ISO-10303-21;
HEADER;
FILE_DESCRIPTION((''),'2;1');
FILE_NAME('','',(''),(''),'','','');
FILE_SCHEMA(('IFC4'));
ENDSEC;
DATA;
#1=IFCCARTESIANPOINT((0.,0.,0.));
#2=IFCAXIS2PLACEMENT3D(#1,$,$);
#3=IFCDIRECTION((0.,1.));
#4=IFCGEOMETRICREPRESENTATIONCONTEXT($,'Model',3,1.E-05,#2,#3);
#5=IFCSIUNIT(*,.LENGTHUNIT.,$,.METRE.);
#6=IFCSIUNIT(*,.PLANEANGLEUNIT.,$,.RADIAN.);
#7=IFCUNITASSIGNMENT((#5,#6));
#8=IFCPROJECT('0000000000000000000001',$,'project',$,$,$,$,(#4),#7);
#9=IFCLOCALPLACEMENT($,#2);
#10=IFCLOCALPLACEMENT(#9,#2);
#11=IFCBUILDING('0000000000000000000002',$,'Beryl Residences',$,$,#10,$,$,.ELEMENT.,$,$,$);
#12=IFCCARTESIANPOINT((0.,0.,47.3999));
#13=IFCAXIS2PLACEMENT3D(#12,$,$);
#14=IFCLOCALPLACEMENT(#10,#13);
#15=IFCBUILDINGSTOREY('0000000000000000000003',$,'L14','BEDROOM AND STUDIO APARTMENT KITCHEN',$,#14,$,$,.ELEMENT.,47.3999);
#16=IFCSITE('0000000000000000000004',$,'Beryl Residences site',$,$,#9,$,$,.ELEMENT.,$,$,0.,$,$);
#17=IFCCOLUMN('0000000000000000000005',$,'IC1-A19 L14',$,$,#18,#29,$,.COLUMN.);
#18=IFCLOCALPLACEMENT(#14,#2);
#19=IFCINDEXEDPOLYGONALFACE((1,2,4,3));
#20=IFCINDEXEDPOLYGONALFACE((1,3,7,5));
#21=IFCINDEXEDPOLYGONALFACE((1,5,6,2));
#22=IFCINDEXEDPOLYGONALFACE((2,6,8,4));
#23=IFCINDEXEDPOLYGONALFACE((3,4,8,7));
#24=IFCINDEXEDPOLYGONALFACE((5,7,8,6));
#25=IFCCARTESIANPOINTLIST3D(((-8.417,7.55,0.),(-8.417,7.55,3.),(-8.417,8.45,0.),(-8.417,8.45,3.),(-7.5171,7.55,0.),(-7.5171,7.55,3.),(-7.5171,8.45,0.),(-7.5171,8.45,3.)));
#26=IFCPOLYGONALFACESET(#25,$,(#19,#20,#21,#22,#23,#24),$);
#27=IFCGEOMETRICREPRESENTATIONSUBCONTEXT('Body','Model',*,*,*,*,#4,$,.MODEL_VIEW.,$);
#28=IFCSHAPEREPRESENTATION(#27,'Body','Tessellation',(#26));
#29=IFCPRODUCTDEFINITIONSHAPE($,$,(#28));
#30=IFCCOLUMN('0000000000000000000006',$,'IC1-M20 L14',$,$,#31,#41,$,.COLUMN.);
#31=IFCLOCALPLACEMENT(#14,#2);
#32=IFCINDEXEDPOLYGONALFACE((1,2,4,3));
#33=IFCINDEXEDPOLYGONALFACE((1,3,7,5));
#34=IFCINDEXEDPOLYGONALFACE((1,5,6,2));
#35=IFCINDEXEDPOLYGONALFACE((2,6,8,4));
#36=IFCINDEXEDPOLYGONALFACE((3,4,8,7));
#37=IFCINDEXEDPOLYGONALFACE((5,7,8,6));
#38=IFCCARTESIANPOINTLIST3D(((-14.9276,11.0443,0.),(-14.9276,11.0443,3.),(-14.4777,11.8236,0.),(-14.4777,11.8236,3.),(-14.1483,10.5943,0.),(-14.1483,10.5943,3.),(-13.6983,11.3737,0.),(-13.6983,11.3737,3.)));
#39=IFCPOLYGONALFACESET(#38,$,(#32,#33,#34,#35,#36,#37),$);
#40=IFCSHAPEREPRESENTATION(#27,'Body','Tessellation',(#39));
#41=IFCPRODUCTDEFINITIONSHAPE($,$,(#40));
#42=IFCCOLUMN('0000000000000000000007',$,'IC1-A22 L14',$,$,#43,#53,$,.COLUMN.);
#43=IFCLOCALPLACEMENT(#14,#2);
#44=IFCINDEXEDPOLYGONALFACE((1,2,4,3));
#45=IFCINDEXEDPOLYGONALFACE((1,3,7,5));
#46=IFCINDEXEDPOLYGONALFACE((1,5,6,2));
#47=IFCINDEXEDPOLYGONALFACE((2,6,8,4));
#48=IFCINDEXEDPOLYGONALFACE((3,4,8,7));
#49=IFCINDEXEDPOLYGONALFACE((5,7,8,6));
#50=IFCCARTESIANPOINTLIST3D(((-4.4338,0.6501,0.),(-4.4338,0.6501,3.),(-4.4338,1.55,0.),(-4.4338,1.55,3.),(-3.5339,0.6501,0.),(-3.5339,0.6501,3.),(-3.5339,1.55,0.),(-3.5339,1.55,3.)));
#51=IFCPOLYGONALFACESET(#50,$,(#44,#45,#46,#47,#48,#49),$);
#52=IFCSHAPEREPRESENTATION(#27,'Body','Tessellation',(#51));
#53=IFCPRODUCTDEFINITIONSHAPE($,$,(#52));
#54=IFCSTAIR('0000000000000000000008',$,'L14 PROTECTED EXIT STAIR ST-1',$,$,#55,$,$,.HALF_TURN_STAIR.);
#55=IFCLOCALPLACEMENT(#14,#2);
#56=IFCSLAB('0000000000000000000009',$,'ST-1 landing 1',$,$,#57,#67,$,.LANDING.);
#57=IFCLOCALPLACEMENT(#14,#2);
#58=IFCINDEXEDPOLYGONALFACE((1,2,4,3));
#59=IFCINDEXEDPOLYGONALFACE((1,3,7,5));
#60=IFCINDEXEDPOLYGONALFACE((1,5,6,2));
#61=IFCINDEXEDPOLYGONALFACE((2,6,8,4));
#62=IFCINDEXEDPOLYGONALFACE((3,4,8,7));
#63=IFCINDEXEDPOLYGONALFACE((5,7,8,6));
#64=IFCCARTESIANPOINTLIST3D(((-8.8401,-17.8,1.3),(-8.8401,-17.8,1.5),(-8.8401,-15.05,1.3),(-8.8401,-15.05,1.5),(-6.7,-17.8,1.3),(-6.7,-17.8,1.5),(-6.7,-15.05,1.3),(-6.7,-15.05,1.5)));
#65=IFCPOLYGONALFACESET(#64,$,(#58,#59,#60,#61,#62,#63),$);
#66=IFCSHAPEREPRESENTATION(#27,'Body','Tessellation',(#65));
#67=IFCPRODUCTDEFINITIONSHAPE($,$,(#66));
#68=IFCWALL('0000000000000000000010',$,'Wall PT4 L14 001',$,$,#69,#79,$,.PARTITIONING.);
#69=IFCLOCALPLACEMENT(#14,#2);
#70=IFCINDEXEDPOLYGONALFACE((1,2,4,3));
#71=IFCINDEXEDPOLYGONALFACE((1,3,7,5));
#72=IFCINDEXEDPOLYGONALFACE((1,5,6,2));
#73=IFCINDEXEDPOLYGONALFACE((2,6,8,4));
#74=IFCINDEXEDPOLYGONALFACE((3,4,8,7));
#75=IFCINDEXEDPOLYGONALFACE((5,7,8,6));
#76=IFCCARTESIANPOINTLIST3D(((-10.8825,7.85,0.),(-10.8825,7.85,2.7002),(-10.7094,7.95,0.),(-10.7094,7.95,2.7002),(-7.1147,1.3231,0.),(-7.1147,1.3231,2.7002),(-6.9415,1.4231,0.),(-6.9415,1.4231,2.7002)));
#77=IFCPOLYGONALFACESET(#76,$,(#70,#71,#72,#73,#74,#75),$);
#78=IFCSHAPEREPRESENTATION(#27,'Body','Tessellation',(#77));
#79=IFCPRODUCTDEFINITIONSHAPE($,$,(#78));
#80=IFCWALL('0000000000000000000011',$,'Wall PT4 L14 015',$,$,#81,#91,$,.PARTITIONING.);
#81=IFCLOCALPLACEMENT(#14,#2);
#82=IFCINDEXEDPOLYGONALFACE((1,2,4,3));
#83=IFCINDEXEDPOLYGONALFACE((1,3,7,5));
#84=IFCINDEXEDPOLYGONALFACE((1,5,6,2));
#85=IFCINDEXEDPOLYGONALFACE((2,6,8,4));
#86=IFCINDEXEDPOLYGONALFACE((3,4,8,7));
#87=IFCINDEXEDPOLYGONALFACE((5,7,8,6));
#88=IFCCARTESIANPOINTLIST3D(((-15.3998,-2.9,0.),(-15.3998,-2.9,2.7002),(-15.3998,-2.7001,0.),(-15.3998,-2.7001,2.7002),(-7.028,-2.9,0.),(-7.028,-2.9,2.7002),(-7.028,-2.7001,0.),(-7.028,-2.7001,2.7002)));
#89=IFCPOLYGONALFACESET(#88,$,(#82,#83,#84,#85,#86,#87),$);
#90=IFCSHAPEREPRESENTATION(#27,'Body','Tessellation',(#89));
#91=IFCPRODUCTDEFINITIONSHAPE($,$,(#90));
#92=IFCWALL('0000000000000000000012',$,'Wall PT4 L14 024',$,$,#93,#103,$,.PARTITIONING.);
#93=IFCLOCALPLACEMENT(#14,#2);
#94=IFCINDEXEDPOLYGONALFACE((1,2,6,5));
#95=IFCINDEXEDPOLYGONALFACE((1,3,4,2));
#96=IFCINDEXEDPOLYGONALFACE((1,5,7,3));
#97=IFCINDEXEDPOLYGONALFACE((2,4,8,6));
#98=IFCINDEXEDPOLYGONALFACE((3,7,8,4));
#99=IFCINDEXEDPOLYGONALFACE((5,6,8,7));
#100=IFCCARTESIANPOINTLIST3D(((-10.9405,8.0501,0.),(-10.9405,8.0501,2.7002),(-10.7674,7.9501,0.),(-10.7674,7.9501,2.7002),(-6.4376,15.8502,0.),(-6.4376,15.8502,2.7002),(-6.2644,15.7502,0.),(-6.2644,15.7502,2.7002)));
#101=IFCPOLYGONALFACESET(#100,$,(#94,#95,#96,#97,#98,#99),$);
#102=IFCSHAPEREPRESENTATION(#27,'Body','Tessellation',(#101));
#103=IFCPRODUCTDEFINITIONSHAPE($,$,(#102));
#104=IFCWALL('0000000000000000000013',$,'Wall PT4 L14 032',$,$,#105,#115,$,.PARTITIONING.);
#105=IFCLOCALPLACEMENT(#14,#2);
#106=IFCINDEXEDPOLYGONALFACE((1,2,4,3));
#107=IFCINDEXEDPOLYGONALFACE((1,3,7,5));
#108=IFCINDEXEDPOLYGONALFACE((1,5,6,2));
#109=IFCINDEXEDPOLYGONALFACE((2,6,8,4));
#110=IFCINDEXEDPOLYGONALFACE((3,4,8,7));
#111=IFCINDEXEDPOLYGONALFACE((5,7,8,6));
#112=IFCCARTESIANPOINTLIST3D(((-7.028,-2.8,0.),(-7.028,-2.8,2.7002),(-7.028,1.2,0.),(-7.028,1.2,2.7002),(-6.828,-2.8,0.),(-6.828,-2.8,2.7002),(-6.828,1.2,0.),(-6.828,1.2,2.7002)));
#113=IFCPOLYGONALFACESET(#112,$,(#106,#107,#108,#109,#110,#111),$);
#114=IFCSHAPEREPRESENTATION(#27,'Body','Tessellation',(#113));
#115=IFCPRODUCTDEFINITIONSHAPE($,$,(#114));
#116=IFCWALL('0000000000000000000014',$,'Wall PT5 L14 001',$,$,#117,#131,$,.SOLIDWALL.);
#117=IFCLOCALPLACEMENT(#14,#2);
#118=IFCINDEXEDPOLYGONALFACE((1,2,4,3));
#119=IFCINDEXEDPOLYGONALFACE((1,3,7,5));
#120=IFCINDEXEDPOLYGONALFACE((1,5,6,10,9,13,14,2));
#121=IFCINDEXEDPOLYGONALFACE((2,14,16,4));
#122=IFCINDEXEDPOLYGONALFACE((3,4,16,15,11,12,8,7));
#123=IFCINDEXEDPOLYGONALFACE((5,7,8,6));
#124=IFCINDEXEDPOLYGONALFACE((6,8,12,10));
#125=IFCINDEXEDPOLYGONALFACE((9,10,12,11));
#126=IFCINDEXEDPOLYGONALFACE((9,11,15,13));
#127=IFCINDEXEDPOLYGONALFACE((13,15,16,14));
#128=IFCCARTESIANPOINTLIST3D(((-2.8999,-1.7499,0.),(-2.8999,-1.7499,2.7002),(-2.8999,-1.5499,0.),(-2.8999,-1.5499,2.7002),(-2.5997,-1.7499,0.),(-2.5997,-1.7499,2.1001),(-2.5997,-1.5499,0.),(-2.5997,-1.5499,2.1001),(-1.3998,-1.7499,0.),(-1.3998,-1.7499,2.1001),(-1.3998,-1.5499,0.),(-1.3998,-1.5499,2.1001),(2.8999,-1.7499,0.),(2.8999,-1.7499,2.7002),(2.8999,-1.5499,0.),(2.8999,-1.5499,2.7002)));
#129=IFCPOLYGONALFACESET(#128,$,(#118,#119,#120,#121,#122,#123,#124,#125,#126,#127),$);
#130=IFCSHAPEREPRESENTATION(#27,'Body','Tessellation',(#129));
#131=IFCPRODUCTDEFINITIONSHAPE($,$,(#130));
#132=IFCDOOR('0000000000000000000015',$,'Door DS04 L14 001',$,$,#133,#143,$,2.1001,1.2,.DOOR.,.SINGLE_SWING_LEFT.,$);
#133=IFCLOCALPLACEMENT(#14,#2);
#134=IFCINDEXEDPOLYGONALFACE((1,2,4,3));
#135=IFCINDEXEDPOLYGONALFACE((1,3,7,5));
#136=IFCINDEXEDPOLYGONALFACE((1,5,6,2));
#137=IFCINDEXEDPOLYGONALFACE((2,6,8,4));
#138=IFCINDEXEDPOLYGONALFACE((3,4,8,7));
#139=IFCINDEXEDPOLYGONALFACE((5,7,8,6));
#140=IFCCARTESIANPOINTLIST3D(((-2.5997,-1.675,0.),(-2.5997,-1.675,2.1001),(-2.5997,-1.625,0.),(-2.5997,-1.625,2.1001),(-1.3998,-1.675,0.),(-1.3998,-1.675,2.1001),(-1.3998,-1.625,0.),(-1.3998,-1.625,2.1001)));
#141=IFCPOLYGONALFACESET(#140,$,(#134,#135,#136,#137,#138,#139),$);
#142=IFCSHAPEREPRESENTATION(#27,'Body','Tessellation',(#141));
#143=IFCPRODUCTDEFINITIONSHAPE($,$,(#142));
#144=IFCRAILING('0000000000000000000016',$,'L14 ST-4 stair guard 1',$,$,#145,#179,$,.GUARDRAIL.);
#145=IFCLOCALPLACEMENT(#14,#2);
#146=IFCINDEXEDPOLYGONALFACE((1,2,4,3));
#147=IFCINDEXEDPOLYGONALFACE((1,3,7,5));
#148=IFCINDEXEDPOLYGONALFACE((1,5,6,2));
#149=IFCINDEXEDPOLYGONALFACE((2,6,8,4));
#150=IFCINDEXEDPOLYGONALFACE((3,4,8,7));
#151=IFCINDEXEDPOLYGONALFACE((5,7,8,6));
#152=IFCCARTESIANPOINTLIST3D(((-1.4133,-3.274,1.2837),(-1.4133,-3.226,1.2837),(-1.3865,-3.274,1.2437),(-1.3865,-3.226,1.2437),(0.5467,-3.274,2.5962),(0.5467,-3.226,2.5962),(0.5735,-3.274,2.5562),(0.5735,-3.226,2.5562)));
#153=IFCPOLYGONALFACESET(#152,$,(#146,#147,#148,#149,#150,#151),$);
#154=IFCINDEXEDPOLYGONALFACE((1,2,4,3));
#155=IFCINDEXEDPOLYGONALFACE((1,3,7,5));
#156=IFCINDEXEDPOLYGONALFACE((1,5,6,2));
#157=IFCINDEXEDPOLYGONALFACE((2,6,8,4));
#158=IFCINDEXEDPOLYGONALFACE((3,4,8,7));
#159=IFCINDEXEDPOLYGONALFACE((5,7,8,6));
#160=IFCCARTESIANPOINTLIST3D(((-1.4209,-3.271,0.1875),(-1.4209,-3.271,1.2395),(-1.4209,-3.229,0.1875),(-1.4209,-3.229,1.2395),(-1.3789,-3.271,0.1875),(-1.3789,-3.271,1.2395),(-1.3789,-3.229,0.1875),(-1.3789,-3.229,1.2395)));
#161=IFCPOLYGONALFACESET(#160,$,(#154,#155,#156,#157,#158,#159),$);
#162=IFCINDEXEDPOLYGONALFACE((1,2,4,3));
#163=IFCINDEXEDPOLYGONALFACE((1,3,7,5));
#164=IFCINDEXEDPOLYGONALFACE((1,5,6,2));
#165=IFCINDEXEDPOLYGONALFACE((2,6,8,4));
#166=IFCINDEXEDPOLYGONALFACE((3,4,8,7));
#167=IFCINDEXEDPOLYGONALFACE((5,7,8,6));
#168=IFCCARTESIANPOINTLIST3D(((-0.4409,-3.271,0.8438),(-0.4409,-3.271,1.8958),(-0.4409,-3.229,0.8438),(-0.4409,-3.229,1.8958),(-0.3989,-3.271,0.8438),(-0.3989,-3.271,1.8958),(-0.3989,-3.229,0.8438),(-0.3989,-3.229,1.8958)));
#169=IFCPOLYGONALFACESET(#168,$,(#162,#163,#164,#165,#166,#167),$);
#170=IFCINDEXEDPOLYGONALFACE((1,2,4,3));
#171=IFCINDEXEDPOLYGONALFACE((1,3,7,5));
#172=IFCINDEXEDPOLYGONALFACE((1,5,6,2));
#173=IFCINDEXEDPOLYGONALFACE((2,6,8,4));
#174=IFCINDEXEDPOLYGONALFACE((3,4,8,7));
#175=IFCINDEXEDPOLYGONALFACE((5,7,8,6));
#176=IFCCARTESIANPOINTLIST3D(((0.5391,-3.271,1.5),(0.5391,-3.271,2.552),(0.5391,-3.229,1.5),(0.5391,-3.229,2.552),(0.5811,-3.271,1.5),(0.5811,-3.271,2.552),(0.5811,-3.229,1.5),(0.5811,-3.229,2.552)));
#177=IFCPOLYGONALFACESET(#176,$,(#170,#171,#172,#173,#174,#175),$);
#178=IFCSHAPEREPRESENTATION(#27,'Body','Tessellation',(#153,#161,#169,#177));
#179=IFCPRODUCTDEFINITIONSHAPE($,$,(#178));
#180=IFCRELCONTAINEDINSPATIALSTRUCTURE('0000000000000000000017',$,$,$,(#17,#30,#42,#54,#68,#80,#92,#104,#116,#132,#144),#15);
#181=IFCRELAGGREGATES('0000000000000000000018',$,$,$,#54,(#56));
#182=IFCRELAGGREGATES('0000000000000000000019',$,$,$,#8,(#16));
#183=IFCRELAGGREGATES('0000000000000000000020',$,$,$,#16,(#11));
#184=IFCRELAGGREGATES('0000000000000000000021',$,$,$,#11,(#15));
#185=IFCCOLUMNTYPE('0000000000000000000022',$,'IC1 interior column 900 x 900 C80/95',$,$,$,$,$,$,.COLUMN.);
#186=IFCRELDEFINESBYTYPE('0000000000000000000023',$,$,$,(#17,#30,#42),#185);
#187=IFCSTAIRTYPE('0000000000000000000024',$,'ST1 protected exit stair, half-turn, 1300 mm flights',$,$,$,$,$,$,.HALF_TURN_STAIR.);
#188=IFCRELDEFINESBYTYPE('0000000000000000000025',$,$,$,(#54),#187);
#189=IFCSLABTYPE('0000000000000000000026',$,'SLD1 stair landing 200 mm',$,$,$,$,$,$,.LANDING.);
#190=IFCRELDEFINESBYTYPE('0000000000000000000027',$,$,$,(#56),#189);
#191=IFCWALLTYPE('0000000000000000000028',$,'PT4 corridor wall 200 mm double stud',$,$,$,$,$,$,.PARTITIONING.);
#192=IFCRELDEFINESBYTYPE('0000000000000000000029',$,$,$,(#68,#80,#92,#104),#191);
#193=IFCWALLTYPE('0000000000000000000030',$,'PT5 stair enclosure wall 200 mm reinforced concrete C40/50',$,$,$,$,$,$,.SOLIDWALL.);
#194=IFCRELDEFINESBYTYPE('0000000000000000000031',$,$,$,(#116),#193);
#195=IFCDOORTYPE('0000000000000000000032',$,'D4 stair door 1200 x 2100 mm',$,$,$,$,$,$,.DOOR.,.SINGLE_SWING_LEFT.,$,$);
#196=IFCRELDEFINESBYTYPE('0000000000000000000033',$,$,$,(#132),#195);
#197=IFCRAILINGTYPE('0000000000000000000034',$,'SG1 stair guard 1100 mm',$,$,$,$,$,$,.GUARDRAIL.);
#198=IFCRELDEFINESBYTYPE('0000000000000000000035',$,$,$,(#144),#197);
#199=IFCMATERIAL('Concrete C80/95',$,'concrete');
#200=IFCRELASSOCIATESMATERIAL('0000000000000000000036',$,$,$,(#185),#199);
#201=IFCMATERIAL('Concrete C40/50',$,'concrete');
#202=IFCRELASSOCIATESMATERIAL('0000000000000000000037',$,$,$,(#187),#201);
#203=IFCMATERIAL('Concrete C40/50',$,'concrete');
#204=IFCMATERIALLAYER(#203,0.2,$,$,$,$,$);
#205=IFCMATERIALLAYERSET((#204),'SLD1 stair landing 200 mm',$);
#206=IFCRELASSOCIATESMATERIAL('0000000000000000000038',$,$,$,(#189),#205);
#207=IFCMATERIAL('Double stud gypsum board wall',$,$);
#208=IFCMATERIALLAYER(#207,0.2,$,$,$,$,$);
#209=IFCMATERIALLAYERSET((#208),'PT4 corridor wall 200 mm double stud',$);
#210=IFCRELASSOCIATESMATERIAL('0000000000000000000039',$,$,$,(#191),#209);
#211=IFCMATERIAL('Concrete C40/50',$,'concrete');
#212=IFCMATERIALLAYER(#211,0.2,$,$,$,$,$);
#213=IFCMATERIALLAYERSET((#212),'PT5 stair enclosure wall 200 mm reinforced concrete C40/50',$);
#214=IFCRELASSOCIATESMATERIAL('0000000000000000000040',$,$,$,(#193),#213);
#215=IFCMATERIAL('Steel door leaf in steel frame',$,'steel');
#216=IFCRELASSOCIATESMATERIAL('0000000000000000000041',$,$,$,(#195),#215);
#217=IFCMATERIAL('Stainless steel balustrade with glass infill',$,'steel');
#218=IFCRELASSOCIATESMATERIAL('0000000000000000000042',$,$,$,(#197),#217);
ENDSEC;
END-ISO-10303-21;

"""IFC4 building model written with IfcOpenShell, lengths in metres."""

from ifc_helpers import new_model, si_unit, direction, frame, frame_2d, origin, origin_2d, place, context, subcontext, project, spatial, polyline, rectangle, outline, extrude, material, layer, layer_set, material_profile, profile_set, type_object, element, fill, aggregate, save


model = new_model("IFC4")

# Units and contexts
model_context = context("Model", 3, precision=1e-05, world=origin(), true_north=direction((0.0, 1.0)))
body_context = subcontext(model_context, "Body", "Model", "MODEL_VIEW")
ifc_project = project(units=[si_unit("LENGTHUNIT", "METRE"), si_unit("PLANEANGLEUNIT", "RADIAN")], contexts=[model_context])

# Site, building, storey
site_placement = place(None, origin())
site = spatial("IfcSite", under=ifc_project, at=site_placement, Name="Beryl Residences site", CompositionType="ELEMENT", RefElevation=0.0)
building_placement = place(site_placement, origin())
building = spatial("IfcBuilding", under=site, at=building_placement, Name="Beryl Residences", CompositionType="ELEMENT")
storey_placement = place(building_placement, frame((0.0, 0.0, 47.3999)))
storey = spatial("IfcBuildingStorey", under=building, at=storey_placement, Name="L14", Description="BEDROOM AND STUDIO APARTMENT KITCHEN", CompositionType="ELEMENT", Elevation=47.3999)

# Columns
ifc_material_1 = material(Name="Concrete C80/95", Category="concrete")
ifc_material_profile = material_profile(ifc_material_1, rectangle(XDim=0.8999, YDim=0.8999, at=origin_2d()))
ifc_profile_set = profile_set([ifc_material_profile], Name="Concrete C80/95")
column_type = type_object("IfcColumnType", Name="IC1 interior column 900 x 900 C80/95", PredefinedType="COLUMN", material=ifc_profile_set)
for number, where, z_axis, x_axis, name in (
    (1, (-7.967, 8.0, 0.0), (0.0, 0.0, 1.0), (1.0, 0.0, 0.0), "IC1-A19 L14"),
    (2, (-14.313, 11.209, 0.0), (0.0, 0.0, 1.0), (-0.499985, -0.866034, 0.0), "IC1-M20 L14"),
    (3, (-3.9839, 1.1001, 0.0), (0.0, 0.0, 1.0), (1.0, 0.0, 0.0), "IC1-A22 L14"),
):
    element("IfcColumn", number, at=place(storey_placement, frame(where, z_axis=z_axis, x_axis=x_axis)), inside=storey, type_object=column_type, Name=name, PredefinedType="COLUMN", context=body_context, shape_type="SweptSolid", body=[
        extrude(rectangle(XDim=0.8999, YDim=0.8999, at=origin_2d()), origin(), (0.0, 0.0, 1.0), 3.0),
    ])

# Stair, slab
ifc_material_2 = material(Name="Concrete C40/50", Category="concrete")
stair_type = type_object("IfcStairType", Name="ST1 protected exit stair, half-turn, 1300 mm flights", PredefinedType="HALF_TURN_STAIR", material=ifc_material_2)
stair_placement = place(storey_placement, origin())
stair = element("IfcStair", 4, at=stair_placement, inside=storey, type_object=stair_type, Name="L14 PROTECTED EXIT STAIR ST-1", PredefinedType="HALF_TURN_STAIR")
ifc_material_3 = material(Name="Concrete C40/50", Category="concrete")
ifc_layer_1 = layer(ifc_material_3, 0.2)
ifc_layer_set_1 = layer_set([ifc_layer_1], Name="SLD1 stair landing 200 mm")
slab_type_1 = type_object("IfcSlabType", Name="SLD1 stair landing 200 mm", PredefinedType="LANDING", material=ifc_layer_set_1)
slab_1_placement = place(storey_placement, frame((0.0, 0.0, 1.3)))
slab_1 = element("IfcSlab", 5, at=slab_1_placement, type_object=slab_type_1, Name="ST-1 landing 1", PredefinedType="LANDING", context=body_context, shape_type="SweptSolid", body=[
    extrude(outline(polyline([(-8.8401, -17.8), (-6.7, -17.8), (-6.7, -15.05), (-8.8401, -15.05), (-8.8401, -17.8)])), origin(), (0.0, 0.0, 1.0), 0.2),
])
aggregate(stair, [slab_1])

# Walls
ifc_material_4 = material(Name="Double stud gypsum board wall")
ifc_layer_2 = layer(ifc_material_4, 0.2)
ifc_layer_set_2 = layer_set([ifc_layer_2], Name="PT4 corridor wall 200 mm double stud")
wall_type_1 = type_object("IfcWallType", Name="PT4 corridor wall 200 mm double stud", PredefinedType="PARTITIONING", material=ifc_layer_set_2)
wall_1_placement = place(storey_placement, frame((-10.7959, 7.8999, 0.0), z_axis=(0.0, 0.0, 1.0), x_axis=(0.499954, -0.866052, 0.0)))
element("IfcWall", 6, at=wall_1_placement, inside=storey, type_object=wall_type_1, Name="Wall PT4 L14 001", PredefinedType="PARTITIONING", context=body_context, shape_type="SweptSolid", body=[
    extrude(rectangle(XDim=7.5364, YDim=0.2, at=frame_2d((3.7681, 0.0))), origin(), (0.0, 0.0, 1.0), 2.7002),
])
wall_2_placement = place(storey_placement, frame((-15.3999, -2.8, 0.0), z_axis=(0.0, 0.0, 1.0), x_axis=(1.0, 0.0, 0.0)))
element("IfcWall", 7, at=wall_2_placement, inside=storey, type_object=wall_type_1, Name="Wall PT4 L14 015", PredefinedType="PARTITIONING", context=body_context, shape_type="SweptSolid", body=[
    extrude(rectangle(XDim=8.3718, YDim=0.2, at=frame_2d((4.186, 0.0))), origin(), (0.0, 0.0, 1.0), 2.7002),
])
wall_3_placement = place(storey_placement, frame((-10.854, 8.0, 0.0), z_axis=(0.0, 0.0, 1.0), x_axis=(0.499964, 0.866046, 0.0)))
element("IfcWall", 8, at=wall_3_placement, inside=storey, type_object=wall_type_1, Name="Wall PT4 L14 024", PredefinedType="PARTITIONING", context=body_context, shape_type="SweptSolid", body=[
    extrude(rectangle(XDim=9.0066, YDim=0.2, at=frame_2d((4.5034, 0.0))), origin(), (0.0, 0.0, 1.0), 2.7002),
])
wall_4_placement = place(storey_placement, frame((-6.928, -2.8, 0.0), z_axis=(0.0, 0.0, 1.0), x_axis=(0.0, 1.0, 0.0)))
element("IfcWall", 9, at=wall_4_placement, inside=storey, type_object=wall_type_1, Name="Wall PT4 L14 032", PredefinedType="PARTITIONING", context=body_context, shape_type="SweptSolid", body=[
    extrude(rectangle(XDim=4.0, YDim=0.2, at=frame_2d((2.0, 0.0))), origin(), (0.0, 0.0, 1.0), 2.7002),
])

# Wall, opening, door
ifc_material_5 = material(Name="Concrete C40/50", Category="concrete")
ifc_layer_3 = layer(ifc_material_5, 0.2)
ifc_layer_set_3 = layer_set([ifc_layer_3], Name="PT5 stair enclosure wall 200 mm reinforced concrete C40/50")
wall_type_2 = type_object("IfcWallType", Name="PT5 stair enclosure wall 200 mm reinforced concrete C40/50", PredefinedType="SOLIDWALL", material=ifc_layer_set_3)
wall_5_placement = place(storey_placement, frame((-2.8999, -1.6499, 0.0), z_axis=(0.0, 0.0, 1.0), x_axis=(1.0, 0.0, 0.0)))
wall_5 = element("IfcWall", 10, at=wall_5_placement, inside=storey, type_object=wall_type_2, Name="Wall PT5 L14 001", PredefinedType="SOLIDWALL", context=body_context, shape_type="SweptSolid", body=[
    extrude(rectangle(XDim=5.7998, YDim=0.2, at=frame_2d((2.8999, 0.0))), origin(), (0.0, 0.0, 1.0), 2.7002),
])
opening_placement = place(wall_5_placement, frame((0.3, 0.0, 0.0)))
opening = element("IfcOpeningElement", 11, at=opening_placement, cuts=wall_5, PredefinedType="OPENING", context=body_context, shape_type="SweptSolid", body=[
    extrude(rectangle(XDim=1.2, YDim=2.1001, at=frame_2d((0.6001, 1.05))), frame((0.0, 0.1099, 0.0), z_axis=(0.0, -1.0, 0.0), x_axis=(1.0, 0.0, 0.0)), (0.0, 0.0, 1.0), 0.22),
])
ifc_material_6 = material(Name="Steel door leaf in steel frame", Category="steel")
door_type = type_object("IfcDoorType", Name="D4 stair door 1200 x 2100 mm", OperationType="SINGLE_SWING_LEFT", PredefinedType="DOOR", material=ifc_material_6)
door_placement = place(opening_placement, origin())
door = element("IfcDoor", 12, at=door_placement, inside=storey, type_object=door_type, Name="Door DS04 L14 001", OperationType="SINGLE_SWING_LEFT", OverallHeight=2.1001, OverallWidth=1.2, PredefinedType="DOOR", context=body_context, shape_type="SweptSolid", body=[
    extrude(rectangle(XDim=1.2, YDim=2.1001, at=frame_2d((0.6001, 1.05))), frame((0.0, 0.0249, 0.0), z_axis=(0.0, -1.0, 0.0), x_axis=(1.0, 0.0, 0.0)), (0.0, 0.0, 1.0), 0.05),
])
fill(opening, door)

# Railing
ifc_material_7 = material(Name="Stainless steel balustrade with glass infill", Category="steel")
railing_type_1 = type_object("IfcRailingType", Name="SG1 stair guard 1100 mm", PredefinedType="GUARDRAIL", material=ifc_material_7)
railing_1_placement = place(storey_placement, frame((-1.3999, -3.25, 0.1875)))
element("IfcRailing", 13, at=railing_1_placement, inside=storey, type_object=railing_type_1, Name="L14 ST-4 stair guard 1", PredefinedType="GUARDRAIL", context=body_context, shape_type="SweptSolid", body=[
    extrude(rectangle(XDim=0.0481, YDim=0.0481, at=origin_2d()), frame((0.0, 0.0, 1.0762), z_axis=(0.830902, 0.0, 0.556419), x_axis=(0.0, 1.0, 0.0)), (0.0, 0.0, 1.0), 2.3589),
    extrude(rectangle(XDim=0.042, YDim=0.042, at=origin_2d()), origin(), (0.0, 0.0, 1.0), 1.052),
    extrude(rectangle(XDim=0.042, YDim=0.042, at=origin_2d()), frame((0.98, 0.0, 0.6562)), (0.0, 0.0, 1.0), 1.052),
    extrude(rectangle(XDim=0.042, YDim=0.042, at=origin_2d()), frame((1.96, 0.0, 1.3125)), (0.0, 0.0, 1.0), 1.052),
])

save(model, "model.ifc")
